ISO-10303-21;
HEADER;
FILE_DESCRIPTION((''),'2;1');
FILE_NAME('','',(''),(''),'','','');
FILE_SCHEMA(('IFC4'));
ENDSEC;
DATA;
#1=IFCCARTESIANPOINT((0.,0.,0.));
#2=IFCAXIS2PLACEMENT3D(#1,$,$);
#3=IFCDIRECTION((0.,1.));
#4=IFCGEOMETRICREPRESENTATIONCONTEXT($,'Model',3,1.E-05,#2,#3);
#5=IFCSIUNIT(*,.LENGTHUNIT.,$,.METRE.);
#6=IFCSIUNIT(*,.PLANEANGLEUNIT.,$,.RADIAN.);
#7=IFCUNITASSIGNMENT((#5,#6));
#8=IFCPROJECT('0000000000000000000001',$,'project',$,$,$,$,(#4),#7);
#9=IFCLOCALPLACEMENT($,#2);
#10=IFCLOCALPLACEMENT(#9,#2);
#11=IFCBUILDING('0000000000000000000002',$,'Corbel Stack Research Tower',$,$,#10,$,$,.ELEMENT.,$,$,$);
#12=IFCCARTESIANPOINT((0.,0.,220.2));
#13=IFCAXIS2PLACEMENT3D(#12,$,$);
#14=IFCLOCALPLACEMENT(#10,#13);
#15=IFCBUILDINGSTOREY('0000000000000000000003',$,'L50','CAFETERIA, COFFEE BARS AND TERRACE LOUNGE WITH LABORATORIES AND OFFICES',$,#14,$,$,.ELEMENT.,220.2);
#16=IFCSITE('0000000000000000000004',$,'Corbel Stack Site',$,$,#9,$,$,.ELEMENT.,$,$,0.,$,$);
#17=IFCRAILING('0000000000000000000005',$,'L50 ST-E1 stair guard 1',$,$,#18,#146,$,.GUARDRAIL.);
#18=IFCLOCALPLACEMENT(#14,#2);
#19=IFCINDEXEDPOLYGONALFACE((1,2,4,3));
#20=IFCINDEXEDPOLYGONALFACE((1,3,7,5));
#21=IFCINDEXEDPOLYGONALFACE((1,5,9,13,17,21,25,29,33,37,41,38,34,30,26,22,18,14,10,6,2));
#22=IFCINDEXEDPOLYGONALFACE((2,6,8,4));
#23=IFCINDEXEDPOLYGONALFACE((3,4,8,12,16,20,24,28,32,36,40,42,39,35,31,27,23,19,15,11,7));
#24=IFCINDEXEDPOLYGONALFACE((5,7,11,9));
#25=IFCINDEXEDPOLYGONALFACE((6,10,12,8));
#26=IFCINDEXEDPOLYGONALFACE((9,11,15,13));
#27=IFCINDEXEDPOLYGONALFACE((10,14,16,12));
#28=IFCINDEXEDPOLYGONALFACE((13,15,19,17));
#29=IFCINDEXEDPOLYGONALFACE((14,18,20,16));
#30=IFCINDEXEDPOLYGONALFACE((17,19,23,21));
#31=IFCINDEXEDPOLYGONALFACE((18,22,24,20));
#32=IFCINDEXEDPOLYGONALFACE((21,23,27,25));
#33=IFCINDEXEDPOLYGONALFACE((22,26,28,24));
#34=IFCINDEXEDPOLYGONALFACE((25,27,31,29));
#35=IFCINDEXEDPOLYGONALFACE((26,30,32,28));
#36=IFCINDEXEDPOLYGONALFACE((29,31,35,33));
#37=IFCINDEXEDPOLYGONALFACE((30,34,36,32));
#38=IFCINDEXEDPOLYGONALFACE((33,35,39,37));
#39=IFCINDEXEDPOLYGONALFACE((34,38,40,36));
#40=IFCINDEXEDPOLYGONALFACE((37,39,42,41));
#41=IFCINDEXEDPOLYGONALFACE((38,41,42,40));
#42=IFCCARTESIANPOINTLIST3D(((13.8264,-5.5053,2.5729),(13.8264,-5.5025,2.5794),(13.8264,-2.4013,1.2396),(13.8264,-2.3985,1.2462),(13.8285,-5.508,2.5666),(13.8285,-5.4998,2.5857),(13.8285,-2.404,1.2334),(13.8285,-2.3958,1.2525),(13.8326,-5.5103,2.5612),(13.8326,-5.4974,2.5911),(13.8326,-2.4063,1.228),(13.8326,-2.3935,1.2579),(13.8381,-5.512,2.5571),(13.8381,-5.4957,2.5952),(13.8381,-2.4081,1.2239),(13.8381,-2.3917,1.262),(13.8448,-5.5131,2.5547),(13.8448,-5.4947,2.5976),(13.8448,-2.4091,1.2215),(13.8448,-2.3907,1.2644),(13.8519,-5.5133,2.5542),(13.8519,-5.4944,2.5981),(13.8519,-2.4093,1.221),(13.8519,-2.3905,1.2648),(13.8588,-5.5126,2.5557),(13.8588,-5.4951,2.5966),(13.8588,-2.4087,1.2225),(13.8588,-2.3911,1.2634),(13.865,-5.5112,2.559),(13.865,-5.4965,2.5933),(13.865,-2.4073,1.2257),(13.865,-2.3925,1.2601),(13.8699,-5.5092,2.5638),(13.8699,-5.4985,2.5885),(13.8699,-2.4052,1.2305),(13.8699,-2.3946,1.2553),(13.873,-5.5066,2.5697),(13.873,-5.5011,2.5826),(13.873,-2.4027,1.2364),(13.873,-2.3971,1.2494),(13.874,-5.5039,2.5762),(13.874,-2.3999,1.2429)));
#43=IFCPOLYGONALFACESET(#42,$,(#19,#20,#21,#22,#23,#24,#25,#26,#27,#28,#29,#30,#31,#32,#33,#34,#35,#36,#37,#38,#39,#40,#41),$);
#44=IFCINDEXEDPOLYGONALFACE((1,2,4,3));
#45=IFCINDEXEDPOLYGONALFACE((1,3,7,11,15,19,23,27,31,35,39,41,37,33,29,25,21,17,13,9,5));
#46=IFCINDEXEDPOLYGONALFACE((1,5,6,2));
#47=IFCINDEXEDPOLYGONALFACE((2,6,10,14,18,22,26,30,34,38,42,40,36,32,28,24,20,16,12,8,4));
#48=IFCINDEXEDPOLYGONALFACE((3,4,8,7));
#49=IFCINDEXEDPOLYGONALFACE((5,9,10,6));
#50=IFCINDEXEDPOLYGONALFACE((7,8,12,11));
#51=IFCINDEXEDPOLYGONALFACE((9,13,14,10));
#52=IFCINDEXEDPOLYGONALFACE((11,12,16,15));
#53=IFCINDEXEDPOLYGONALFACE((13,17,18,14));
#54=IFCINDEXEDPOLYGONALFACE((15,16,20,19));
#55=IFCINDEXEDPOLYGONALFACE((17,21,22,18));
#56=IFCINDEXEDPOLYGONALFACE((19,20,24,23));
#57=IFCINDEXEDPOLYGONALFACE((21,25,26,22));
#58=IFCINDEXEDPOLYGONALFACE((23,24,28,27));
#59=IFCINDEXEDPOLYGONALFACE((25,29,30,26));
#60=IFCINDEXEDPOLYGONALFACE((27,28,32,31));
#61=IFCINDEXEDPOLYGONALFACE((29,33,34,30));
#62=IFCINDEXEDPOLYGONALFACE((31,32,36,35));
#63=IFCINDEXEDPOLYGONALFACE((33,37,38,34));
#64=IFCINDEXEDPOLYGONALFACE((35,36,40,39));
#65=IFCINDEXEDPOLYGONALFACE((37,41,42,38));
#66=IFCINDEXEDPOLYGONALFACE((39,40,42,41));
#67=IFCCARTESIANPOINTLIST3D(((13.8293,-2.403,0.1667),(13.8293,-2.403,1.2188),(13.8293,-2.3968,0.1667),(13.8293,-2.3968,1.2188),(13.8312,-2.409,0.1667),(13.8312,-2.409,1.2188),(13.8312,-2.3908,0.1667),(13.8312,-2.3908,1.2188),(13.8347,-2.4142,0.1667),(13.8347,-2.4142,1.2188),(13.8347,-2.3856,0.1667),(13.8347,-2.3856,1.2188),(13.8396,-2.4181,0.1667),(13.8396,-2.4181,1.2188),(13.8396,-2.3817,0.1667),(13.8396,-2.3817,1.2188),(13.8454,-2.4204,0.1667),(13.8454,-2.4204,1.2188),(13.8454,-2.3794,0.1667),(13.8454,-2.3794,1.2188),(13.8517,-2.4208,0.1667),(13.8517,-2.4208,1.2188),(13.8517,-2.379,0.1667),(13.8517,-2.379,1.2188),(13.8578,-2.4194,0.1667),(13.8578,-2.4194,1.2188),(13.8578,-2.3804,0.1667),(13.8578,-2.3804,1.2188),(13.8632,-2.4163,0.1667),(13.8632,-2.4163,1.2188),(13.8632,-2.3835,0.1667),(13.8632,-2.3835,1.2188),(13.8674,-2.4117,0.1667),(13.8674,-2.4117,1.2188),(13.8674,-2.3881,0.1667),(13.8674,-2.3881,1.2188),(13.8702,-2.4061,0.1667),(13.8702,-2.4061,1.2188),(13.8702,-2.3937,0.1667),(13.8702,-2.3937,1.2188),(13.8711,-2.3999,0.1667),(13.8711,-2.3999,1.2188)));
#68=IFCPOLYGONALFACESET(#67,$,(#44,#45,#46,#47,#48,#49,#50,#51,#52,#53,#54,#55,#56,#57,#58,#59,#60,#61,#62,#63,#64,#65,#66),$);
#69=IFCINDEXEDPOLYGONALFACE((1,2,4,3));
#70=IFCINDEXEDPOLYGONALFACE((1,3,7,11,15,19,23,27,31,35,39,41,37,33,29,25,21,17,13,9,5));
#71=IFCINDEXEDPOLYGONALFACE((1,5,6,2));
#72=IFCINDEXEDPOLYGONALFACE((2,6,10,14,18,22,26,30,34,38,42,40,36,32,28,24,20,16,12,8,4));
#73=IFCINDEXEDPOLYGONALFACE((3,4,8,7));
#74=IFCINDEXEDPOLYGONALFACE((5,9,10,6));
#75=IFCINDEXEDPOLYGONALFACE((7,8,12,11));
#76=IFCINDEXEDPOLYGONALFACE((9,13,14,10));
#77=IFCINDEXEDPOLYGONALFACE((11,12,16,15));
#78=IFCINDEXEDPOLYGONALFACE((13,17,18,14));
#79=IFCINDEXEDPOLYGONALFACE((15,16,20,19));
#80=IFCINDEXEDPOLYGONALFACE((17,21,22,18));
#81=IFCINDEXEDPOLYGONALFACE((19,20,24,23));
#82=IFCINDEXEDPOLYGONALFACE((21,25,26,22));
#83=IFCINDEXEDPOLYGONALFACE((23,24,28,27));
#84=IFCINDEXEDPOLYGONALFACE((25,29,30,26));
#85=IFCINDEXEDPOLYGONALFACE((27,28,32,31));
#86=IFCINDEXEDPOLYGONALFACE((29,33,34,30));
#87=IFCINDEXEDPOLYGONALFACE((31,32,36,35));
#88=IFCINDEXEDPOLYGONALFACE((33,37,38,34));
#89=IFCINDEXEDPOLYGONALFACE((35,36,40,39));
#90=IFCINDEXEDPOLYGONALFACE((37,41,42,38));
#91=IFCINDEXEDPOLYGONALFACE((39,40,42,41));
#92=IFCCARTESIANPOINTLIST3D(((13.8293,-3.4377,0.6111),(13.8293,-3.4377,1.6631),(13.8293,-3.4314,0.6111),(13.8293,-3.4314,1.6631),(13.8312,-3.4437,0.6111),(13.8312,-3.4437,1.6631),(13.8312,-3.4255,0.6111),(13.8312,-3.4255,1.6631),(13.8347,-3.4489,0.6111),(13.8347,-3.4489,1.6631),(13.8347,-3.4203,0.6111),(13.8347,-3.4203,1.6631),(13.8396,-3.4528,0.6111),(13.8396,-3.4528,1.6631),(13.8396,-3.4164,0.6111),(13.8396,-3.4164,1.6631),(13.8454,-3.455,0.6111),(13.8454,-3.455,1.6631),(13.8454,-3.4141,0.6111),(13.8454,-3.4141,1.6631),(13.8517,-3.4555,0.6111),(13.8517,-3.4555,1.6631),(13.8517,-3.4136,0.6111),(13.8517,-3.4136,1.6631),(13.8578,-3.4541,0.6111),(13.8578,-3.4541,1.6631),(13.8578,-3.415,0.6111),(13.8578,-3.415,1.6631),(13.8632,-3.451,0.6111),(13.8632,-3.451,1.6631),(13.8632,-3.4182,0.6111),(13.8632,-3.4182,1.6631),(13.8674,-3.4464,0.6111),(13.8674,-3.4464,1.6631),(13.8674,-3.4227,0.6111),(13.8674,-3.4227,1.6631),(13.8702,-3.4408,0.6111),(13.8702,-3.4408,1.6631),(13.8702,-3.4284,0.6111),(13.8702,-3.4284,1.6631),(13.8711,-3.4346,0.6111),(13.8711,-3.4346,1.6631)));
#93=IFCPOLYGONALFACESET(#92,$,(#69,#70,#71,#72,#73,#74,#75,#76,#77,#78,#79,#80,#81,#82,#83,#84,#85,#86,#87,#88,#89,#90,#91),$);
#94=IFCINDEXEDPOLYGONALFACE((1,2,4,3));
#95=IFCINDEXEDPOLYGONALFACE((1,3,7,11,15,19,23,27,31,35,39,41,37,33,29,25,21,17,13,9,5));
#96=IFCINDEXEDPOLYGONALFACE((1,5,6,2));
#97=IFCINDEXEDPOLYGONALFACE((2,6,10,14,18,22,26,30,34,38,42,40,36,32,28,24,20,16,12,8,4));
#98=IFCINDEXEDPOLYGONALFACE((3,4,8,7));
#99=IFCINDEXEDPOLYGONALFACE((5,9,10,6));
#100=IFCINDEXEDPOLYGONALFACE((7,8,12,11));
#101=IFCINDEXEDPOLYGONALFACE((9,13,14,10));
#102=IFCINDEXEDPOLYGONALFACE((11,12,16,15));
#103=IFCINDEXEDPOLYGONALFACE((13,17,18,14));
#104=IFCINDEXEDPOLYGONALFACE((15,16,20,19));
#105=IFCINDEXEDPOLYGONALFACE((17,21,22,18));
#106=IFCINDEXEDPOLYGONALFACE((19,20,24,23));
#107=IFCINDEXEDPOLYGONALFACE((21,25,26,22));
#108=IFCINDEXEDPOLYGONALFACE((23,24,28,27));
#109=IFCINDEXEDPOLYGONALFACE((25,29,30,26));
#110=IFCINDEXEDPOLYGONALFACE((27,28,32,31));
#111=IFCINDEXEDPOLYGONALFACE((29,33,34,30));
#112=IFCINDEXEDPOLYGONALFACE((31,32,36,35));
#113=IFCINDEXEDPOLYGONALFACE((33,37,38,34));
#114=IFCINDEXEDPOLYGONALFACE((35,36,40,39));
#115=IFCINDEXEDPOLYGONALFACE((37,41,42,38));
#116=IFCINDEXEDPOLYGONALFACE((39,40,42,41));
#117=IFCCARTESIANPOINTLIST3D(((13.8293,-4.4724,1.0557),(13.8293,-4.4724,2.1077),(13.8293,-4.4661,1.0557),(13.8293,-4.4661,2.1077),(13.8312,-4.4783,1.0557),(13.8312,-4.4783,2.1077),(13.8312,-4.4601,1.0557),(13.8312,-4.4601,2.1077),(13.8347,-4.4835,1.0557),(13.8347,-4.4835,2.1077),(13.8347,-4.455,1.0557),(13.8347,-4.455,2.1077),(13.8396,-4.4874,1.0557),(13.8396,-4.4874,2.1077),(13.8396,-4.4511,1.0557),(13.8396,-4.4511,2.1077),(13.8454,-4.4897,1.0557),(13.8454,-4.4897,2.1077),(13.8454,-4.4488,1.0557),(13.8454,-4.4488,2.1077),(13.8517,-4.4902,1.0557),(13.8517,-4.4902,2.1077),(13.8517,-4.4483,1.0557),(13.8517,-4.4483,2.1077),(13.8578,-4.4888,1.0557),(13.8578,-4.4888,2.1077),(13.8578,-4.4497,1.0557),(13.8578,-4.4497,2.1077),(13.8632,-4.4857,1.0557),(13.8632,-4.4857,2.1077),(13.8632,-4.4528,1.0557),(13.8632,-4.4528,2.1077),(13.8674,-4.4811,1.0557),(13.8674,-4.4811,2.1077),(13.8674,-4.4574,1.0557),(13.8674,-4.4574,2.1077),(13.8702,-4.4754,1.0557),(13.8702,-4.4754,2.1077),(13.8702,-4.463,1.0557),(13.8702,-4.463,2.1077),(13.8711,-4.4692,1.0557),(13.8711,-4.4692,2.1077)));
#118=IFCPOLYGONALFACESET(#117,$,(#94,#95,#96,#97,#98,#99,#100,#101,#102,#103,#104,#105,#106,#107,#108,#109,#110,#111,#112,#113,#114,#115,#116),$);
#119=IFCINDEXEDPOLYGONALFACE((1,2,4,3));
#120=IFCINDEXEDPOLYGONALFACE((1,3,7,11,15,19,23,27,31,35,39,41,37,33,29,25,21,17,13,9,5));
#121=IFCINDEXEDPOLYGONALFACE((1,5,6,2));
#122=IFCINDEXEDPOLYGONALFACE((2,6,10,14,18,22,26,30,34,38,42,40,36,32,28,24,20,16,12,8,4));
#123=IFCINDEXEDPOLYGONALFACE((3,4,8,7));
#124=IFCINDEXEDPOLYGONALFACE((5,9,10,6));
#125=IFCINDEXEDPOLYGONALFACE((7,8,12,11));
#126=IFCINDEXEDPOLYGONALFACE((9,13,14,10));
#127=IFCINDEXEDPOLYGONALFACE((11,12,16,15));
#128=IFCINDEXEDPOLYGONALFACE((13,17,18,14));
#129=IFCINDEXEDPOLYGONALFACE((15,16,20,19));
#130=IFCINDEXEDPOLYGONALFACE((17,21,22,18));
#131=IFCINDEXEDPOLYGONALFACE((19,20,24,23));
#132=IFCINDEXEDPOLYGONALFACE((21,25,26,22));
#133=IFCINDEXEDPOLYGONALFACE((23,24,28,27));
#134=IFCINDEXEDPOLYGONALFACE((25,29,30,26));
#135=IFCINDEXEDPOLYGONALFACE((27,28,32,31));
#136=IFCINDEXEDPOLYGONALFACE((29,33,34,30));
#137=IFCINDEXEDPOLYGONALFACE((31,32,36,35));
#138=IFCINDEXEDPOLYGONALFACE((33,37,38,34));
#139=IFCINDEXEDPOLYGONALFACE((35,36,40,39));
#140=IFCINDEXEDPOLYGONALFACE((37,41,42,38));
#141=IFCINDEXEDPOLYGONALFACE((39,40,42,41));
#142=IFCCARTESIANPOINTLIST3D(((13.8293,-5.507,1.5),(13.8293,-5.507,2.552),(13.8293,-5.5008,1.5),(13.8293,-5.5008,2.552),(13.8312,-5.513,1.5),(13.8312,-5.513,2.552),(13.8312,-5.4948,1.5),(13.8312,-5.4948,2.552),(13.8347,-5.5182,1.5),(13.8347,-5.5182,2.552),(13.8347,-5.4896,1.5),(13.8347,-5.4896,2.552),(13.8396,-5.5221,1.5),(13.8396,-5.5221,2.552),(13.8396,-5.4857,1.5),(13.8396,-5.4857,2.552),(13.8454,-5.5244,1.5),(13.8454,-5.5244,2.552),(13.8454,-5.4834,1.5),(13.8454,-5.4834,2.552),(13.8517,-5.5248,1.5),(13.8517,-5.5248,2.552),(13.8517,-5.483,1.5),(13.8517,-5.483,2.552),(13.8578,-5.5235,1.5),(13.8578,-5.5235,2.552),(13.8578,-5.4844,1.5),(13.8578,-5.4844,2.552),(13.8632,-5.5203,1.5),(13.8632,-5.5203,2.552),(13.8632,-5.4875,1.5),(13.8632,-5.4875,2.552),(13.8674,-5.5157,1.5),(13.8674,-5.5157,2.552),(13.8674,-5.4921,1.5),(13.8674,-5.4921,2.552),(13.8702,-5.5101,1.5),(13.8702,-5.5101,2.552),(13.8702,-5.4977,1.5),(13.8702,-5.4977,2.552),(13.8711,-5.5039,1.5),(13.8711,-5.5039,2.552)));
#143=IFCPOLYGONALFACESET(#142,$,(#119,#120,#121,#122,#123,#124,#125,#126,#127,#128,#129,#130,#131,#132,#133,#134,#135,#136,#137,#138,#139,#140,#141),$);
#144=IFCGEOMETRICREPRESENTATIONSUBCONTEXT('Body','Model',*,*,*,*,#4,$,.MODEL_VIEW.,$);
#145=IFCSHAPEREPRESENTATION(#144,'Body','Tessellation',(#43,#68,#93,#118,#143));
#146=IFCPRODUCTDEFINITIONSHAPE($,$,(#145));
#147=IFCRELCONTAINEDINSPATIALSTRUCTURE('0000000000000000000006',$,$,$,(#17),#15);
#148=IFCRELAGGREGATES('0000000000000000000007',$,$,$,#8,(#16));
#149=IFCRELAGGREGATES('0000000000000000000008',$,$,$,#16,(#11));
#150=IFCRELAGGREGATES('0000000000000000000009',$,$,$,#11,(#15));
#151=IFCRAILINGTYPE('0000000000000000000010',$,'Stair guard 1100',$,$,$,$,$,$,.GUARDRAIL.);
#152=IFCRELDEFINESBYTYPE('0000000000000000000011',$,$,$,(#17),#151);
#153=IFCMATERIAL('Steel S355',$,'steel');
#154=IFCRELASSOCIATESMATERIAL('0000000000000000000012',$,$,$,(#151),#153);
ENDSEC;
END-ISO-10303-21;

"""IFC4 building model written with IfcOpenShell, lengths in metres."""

from ifc_helpers import new_model, si_unit, direction, frame, origin, origin_2d, place, context, subcontext, project, spatial, circle, extrude, material, type_object, element, save


model = new_model("IFC4")

# Units and contexts
model_context = context("Model", 3, precision=1e-05, world=origin(), true_north=direction((0.0, 1.0)))
body_context = subcontext(model_context, "Body", "Model", "MODEL_VIEW")
ifc_project = project(units=[si_unit("LENGTHUNIT", "METRE"), si_unit("PLANEANGLEUNIT", "RADIAN")], contexts=[model_context])

# Site, building, storey
site_placement = place(None, origin())
site = spatial("IfcSite", under=ifc_project, at=site_placement, Name="Corbel Stack Site", CompositionType="ELEMENT", RefElevation=0.0)
building_placement = place(site_placement, origin())
building = spatial("IfcBuilding", under=site, at=building_placement, Name="Corbel Stack Research Tower", CompositionType="ELEMENT")
storey_placement = place(building_placement, frame((0.0, 0.0, 220.2)))
storey = spatial("IfcBuildingStorey", under=building, at=storey_placement, Name="L50", Description="CAFETERIA, COFFEE BARS AND TERRACE LOUNGE WITH LABORATORIES AND OFFICES", CompositionType="ELEMENT", Elevation=220.2)

# Railing
ifc_material_1 = material(Name="Steel S355", Category="steel")
railing_type_1 = type_object("IfcRailingType", Name="Stair guard 1100", PredefinedType="GUARDRAIL", material=ifc_material_1)
railing_1_placement = place(storey_placement, frame((13.8501, -2.3999, 0.1667)))
element("IfcRailing", 1, at=railing_1_placement, inside=storey, type_object=railing_type_1, Name="L50 ST-E1 stair guard 1", PredefinedType="GUARDRAIL", context=body_context, shape_type="SweptSolid", body=[
    extrude(circle(Radius=0.0239, at=origin_2d()), frame((0.0, 0.0, 1.0762), z_axis=(0.0, -0.918827, 0.394661), x_axis=(1.0, 0.0, 0.0)), (0.0, 0.0, 1.0), 3.3782),
    extrude(circle(Radius=0.021, at=origin_2d()), origin(), (0.0, 0.0, 1.0), 1.052),
    extrude(circle(Radius=0.021, at=origin_2d()), frame((0.0, -1.0347, 0.4443)), (0.0, 0.0, 1.0), 1.052),
    extrude(circle(Radius=0.021, at=origin_2d()), frame((0.0, -2.0693, 0.8889)), (0.0, 0.0, 1.0), 1.052),
    extrude(circle(Radius=0.021, at=origin_2d()), frame((0.0, -3.104, 1.3333)), (0.0, 0.0, 1.0), 1.052),
])

save(model, "model.ifc")
